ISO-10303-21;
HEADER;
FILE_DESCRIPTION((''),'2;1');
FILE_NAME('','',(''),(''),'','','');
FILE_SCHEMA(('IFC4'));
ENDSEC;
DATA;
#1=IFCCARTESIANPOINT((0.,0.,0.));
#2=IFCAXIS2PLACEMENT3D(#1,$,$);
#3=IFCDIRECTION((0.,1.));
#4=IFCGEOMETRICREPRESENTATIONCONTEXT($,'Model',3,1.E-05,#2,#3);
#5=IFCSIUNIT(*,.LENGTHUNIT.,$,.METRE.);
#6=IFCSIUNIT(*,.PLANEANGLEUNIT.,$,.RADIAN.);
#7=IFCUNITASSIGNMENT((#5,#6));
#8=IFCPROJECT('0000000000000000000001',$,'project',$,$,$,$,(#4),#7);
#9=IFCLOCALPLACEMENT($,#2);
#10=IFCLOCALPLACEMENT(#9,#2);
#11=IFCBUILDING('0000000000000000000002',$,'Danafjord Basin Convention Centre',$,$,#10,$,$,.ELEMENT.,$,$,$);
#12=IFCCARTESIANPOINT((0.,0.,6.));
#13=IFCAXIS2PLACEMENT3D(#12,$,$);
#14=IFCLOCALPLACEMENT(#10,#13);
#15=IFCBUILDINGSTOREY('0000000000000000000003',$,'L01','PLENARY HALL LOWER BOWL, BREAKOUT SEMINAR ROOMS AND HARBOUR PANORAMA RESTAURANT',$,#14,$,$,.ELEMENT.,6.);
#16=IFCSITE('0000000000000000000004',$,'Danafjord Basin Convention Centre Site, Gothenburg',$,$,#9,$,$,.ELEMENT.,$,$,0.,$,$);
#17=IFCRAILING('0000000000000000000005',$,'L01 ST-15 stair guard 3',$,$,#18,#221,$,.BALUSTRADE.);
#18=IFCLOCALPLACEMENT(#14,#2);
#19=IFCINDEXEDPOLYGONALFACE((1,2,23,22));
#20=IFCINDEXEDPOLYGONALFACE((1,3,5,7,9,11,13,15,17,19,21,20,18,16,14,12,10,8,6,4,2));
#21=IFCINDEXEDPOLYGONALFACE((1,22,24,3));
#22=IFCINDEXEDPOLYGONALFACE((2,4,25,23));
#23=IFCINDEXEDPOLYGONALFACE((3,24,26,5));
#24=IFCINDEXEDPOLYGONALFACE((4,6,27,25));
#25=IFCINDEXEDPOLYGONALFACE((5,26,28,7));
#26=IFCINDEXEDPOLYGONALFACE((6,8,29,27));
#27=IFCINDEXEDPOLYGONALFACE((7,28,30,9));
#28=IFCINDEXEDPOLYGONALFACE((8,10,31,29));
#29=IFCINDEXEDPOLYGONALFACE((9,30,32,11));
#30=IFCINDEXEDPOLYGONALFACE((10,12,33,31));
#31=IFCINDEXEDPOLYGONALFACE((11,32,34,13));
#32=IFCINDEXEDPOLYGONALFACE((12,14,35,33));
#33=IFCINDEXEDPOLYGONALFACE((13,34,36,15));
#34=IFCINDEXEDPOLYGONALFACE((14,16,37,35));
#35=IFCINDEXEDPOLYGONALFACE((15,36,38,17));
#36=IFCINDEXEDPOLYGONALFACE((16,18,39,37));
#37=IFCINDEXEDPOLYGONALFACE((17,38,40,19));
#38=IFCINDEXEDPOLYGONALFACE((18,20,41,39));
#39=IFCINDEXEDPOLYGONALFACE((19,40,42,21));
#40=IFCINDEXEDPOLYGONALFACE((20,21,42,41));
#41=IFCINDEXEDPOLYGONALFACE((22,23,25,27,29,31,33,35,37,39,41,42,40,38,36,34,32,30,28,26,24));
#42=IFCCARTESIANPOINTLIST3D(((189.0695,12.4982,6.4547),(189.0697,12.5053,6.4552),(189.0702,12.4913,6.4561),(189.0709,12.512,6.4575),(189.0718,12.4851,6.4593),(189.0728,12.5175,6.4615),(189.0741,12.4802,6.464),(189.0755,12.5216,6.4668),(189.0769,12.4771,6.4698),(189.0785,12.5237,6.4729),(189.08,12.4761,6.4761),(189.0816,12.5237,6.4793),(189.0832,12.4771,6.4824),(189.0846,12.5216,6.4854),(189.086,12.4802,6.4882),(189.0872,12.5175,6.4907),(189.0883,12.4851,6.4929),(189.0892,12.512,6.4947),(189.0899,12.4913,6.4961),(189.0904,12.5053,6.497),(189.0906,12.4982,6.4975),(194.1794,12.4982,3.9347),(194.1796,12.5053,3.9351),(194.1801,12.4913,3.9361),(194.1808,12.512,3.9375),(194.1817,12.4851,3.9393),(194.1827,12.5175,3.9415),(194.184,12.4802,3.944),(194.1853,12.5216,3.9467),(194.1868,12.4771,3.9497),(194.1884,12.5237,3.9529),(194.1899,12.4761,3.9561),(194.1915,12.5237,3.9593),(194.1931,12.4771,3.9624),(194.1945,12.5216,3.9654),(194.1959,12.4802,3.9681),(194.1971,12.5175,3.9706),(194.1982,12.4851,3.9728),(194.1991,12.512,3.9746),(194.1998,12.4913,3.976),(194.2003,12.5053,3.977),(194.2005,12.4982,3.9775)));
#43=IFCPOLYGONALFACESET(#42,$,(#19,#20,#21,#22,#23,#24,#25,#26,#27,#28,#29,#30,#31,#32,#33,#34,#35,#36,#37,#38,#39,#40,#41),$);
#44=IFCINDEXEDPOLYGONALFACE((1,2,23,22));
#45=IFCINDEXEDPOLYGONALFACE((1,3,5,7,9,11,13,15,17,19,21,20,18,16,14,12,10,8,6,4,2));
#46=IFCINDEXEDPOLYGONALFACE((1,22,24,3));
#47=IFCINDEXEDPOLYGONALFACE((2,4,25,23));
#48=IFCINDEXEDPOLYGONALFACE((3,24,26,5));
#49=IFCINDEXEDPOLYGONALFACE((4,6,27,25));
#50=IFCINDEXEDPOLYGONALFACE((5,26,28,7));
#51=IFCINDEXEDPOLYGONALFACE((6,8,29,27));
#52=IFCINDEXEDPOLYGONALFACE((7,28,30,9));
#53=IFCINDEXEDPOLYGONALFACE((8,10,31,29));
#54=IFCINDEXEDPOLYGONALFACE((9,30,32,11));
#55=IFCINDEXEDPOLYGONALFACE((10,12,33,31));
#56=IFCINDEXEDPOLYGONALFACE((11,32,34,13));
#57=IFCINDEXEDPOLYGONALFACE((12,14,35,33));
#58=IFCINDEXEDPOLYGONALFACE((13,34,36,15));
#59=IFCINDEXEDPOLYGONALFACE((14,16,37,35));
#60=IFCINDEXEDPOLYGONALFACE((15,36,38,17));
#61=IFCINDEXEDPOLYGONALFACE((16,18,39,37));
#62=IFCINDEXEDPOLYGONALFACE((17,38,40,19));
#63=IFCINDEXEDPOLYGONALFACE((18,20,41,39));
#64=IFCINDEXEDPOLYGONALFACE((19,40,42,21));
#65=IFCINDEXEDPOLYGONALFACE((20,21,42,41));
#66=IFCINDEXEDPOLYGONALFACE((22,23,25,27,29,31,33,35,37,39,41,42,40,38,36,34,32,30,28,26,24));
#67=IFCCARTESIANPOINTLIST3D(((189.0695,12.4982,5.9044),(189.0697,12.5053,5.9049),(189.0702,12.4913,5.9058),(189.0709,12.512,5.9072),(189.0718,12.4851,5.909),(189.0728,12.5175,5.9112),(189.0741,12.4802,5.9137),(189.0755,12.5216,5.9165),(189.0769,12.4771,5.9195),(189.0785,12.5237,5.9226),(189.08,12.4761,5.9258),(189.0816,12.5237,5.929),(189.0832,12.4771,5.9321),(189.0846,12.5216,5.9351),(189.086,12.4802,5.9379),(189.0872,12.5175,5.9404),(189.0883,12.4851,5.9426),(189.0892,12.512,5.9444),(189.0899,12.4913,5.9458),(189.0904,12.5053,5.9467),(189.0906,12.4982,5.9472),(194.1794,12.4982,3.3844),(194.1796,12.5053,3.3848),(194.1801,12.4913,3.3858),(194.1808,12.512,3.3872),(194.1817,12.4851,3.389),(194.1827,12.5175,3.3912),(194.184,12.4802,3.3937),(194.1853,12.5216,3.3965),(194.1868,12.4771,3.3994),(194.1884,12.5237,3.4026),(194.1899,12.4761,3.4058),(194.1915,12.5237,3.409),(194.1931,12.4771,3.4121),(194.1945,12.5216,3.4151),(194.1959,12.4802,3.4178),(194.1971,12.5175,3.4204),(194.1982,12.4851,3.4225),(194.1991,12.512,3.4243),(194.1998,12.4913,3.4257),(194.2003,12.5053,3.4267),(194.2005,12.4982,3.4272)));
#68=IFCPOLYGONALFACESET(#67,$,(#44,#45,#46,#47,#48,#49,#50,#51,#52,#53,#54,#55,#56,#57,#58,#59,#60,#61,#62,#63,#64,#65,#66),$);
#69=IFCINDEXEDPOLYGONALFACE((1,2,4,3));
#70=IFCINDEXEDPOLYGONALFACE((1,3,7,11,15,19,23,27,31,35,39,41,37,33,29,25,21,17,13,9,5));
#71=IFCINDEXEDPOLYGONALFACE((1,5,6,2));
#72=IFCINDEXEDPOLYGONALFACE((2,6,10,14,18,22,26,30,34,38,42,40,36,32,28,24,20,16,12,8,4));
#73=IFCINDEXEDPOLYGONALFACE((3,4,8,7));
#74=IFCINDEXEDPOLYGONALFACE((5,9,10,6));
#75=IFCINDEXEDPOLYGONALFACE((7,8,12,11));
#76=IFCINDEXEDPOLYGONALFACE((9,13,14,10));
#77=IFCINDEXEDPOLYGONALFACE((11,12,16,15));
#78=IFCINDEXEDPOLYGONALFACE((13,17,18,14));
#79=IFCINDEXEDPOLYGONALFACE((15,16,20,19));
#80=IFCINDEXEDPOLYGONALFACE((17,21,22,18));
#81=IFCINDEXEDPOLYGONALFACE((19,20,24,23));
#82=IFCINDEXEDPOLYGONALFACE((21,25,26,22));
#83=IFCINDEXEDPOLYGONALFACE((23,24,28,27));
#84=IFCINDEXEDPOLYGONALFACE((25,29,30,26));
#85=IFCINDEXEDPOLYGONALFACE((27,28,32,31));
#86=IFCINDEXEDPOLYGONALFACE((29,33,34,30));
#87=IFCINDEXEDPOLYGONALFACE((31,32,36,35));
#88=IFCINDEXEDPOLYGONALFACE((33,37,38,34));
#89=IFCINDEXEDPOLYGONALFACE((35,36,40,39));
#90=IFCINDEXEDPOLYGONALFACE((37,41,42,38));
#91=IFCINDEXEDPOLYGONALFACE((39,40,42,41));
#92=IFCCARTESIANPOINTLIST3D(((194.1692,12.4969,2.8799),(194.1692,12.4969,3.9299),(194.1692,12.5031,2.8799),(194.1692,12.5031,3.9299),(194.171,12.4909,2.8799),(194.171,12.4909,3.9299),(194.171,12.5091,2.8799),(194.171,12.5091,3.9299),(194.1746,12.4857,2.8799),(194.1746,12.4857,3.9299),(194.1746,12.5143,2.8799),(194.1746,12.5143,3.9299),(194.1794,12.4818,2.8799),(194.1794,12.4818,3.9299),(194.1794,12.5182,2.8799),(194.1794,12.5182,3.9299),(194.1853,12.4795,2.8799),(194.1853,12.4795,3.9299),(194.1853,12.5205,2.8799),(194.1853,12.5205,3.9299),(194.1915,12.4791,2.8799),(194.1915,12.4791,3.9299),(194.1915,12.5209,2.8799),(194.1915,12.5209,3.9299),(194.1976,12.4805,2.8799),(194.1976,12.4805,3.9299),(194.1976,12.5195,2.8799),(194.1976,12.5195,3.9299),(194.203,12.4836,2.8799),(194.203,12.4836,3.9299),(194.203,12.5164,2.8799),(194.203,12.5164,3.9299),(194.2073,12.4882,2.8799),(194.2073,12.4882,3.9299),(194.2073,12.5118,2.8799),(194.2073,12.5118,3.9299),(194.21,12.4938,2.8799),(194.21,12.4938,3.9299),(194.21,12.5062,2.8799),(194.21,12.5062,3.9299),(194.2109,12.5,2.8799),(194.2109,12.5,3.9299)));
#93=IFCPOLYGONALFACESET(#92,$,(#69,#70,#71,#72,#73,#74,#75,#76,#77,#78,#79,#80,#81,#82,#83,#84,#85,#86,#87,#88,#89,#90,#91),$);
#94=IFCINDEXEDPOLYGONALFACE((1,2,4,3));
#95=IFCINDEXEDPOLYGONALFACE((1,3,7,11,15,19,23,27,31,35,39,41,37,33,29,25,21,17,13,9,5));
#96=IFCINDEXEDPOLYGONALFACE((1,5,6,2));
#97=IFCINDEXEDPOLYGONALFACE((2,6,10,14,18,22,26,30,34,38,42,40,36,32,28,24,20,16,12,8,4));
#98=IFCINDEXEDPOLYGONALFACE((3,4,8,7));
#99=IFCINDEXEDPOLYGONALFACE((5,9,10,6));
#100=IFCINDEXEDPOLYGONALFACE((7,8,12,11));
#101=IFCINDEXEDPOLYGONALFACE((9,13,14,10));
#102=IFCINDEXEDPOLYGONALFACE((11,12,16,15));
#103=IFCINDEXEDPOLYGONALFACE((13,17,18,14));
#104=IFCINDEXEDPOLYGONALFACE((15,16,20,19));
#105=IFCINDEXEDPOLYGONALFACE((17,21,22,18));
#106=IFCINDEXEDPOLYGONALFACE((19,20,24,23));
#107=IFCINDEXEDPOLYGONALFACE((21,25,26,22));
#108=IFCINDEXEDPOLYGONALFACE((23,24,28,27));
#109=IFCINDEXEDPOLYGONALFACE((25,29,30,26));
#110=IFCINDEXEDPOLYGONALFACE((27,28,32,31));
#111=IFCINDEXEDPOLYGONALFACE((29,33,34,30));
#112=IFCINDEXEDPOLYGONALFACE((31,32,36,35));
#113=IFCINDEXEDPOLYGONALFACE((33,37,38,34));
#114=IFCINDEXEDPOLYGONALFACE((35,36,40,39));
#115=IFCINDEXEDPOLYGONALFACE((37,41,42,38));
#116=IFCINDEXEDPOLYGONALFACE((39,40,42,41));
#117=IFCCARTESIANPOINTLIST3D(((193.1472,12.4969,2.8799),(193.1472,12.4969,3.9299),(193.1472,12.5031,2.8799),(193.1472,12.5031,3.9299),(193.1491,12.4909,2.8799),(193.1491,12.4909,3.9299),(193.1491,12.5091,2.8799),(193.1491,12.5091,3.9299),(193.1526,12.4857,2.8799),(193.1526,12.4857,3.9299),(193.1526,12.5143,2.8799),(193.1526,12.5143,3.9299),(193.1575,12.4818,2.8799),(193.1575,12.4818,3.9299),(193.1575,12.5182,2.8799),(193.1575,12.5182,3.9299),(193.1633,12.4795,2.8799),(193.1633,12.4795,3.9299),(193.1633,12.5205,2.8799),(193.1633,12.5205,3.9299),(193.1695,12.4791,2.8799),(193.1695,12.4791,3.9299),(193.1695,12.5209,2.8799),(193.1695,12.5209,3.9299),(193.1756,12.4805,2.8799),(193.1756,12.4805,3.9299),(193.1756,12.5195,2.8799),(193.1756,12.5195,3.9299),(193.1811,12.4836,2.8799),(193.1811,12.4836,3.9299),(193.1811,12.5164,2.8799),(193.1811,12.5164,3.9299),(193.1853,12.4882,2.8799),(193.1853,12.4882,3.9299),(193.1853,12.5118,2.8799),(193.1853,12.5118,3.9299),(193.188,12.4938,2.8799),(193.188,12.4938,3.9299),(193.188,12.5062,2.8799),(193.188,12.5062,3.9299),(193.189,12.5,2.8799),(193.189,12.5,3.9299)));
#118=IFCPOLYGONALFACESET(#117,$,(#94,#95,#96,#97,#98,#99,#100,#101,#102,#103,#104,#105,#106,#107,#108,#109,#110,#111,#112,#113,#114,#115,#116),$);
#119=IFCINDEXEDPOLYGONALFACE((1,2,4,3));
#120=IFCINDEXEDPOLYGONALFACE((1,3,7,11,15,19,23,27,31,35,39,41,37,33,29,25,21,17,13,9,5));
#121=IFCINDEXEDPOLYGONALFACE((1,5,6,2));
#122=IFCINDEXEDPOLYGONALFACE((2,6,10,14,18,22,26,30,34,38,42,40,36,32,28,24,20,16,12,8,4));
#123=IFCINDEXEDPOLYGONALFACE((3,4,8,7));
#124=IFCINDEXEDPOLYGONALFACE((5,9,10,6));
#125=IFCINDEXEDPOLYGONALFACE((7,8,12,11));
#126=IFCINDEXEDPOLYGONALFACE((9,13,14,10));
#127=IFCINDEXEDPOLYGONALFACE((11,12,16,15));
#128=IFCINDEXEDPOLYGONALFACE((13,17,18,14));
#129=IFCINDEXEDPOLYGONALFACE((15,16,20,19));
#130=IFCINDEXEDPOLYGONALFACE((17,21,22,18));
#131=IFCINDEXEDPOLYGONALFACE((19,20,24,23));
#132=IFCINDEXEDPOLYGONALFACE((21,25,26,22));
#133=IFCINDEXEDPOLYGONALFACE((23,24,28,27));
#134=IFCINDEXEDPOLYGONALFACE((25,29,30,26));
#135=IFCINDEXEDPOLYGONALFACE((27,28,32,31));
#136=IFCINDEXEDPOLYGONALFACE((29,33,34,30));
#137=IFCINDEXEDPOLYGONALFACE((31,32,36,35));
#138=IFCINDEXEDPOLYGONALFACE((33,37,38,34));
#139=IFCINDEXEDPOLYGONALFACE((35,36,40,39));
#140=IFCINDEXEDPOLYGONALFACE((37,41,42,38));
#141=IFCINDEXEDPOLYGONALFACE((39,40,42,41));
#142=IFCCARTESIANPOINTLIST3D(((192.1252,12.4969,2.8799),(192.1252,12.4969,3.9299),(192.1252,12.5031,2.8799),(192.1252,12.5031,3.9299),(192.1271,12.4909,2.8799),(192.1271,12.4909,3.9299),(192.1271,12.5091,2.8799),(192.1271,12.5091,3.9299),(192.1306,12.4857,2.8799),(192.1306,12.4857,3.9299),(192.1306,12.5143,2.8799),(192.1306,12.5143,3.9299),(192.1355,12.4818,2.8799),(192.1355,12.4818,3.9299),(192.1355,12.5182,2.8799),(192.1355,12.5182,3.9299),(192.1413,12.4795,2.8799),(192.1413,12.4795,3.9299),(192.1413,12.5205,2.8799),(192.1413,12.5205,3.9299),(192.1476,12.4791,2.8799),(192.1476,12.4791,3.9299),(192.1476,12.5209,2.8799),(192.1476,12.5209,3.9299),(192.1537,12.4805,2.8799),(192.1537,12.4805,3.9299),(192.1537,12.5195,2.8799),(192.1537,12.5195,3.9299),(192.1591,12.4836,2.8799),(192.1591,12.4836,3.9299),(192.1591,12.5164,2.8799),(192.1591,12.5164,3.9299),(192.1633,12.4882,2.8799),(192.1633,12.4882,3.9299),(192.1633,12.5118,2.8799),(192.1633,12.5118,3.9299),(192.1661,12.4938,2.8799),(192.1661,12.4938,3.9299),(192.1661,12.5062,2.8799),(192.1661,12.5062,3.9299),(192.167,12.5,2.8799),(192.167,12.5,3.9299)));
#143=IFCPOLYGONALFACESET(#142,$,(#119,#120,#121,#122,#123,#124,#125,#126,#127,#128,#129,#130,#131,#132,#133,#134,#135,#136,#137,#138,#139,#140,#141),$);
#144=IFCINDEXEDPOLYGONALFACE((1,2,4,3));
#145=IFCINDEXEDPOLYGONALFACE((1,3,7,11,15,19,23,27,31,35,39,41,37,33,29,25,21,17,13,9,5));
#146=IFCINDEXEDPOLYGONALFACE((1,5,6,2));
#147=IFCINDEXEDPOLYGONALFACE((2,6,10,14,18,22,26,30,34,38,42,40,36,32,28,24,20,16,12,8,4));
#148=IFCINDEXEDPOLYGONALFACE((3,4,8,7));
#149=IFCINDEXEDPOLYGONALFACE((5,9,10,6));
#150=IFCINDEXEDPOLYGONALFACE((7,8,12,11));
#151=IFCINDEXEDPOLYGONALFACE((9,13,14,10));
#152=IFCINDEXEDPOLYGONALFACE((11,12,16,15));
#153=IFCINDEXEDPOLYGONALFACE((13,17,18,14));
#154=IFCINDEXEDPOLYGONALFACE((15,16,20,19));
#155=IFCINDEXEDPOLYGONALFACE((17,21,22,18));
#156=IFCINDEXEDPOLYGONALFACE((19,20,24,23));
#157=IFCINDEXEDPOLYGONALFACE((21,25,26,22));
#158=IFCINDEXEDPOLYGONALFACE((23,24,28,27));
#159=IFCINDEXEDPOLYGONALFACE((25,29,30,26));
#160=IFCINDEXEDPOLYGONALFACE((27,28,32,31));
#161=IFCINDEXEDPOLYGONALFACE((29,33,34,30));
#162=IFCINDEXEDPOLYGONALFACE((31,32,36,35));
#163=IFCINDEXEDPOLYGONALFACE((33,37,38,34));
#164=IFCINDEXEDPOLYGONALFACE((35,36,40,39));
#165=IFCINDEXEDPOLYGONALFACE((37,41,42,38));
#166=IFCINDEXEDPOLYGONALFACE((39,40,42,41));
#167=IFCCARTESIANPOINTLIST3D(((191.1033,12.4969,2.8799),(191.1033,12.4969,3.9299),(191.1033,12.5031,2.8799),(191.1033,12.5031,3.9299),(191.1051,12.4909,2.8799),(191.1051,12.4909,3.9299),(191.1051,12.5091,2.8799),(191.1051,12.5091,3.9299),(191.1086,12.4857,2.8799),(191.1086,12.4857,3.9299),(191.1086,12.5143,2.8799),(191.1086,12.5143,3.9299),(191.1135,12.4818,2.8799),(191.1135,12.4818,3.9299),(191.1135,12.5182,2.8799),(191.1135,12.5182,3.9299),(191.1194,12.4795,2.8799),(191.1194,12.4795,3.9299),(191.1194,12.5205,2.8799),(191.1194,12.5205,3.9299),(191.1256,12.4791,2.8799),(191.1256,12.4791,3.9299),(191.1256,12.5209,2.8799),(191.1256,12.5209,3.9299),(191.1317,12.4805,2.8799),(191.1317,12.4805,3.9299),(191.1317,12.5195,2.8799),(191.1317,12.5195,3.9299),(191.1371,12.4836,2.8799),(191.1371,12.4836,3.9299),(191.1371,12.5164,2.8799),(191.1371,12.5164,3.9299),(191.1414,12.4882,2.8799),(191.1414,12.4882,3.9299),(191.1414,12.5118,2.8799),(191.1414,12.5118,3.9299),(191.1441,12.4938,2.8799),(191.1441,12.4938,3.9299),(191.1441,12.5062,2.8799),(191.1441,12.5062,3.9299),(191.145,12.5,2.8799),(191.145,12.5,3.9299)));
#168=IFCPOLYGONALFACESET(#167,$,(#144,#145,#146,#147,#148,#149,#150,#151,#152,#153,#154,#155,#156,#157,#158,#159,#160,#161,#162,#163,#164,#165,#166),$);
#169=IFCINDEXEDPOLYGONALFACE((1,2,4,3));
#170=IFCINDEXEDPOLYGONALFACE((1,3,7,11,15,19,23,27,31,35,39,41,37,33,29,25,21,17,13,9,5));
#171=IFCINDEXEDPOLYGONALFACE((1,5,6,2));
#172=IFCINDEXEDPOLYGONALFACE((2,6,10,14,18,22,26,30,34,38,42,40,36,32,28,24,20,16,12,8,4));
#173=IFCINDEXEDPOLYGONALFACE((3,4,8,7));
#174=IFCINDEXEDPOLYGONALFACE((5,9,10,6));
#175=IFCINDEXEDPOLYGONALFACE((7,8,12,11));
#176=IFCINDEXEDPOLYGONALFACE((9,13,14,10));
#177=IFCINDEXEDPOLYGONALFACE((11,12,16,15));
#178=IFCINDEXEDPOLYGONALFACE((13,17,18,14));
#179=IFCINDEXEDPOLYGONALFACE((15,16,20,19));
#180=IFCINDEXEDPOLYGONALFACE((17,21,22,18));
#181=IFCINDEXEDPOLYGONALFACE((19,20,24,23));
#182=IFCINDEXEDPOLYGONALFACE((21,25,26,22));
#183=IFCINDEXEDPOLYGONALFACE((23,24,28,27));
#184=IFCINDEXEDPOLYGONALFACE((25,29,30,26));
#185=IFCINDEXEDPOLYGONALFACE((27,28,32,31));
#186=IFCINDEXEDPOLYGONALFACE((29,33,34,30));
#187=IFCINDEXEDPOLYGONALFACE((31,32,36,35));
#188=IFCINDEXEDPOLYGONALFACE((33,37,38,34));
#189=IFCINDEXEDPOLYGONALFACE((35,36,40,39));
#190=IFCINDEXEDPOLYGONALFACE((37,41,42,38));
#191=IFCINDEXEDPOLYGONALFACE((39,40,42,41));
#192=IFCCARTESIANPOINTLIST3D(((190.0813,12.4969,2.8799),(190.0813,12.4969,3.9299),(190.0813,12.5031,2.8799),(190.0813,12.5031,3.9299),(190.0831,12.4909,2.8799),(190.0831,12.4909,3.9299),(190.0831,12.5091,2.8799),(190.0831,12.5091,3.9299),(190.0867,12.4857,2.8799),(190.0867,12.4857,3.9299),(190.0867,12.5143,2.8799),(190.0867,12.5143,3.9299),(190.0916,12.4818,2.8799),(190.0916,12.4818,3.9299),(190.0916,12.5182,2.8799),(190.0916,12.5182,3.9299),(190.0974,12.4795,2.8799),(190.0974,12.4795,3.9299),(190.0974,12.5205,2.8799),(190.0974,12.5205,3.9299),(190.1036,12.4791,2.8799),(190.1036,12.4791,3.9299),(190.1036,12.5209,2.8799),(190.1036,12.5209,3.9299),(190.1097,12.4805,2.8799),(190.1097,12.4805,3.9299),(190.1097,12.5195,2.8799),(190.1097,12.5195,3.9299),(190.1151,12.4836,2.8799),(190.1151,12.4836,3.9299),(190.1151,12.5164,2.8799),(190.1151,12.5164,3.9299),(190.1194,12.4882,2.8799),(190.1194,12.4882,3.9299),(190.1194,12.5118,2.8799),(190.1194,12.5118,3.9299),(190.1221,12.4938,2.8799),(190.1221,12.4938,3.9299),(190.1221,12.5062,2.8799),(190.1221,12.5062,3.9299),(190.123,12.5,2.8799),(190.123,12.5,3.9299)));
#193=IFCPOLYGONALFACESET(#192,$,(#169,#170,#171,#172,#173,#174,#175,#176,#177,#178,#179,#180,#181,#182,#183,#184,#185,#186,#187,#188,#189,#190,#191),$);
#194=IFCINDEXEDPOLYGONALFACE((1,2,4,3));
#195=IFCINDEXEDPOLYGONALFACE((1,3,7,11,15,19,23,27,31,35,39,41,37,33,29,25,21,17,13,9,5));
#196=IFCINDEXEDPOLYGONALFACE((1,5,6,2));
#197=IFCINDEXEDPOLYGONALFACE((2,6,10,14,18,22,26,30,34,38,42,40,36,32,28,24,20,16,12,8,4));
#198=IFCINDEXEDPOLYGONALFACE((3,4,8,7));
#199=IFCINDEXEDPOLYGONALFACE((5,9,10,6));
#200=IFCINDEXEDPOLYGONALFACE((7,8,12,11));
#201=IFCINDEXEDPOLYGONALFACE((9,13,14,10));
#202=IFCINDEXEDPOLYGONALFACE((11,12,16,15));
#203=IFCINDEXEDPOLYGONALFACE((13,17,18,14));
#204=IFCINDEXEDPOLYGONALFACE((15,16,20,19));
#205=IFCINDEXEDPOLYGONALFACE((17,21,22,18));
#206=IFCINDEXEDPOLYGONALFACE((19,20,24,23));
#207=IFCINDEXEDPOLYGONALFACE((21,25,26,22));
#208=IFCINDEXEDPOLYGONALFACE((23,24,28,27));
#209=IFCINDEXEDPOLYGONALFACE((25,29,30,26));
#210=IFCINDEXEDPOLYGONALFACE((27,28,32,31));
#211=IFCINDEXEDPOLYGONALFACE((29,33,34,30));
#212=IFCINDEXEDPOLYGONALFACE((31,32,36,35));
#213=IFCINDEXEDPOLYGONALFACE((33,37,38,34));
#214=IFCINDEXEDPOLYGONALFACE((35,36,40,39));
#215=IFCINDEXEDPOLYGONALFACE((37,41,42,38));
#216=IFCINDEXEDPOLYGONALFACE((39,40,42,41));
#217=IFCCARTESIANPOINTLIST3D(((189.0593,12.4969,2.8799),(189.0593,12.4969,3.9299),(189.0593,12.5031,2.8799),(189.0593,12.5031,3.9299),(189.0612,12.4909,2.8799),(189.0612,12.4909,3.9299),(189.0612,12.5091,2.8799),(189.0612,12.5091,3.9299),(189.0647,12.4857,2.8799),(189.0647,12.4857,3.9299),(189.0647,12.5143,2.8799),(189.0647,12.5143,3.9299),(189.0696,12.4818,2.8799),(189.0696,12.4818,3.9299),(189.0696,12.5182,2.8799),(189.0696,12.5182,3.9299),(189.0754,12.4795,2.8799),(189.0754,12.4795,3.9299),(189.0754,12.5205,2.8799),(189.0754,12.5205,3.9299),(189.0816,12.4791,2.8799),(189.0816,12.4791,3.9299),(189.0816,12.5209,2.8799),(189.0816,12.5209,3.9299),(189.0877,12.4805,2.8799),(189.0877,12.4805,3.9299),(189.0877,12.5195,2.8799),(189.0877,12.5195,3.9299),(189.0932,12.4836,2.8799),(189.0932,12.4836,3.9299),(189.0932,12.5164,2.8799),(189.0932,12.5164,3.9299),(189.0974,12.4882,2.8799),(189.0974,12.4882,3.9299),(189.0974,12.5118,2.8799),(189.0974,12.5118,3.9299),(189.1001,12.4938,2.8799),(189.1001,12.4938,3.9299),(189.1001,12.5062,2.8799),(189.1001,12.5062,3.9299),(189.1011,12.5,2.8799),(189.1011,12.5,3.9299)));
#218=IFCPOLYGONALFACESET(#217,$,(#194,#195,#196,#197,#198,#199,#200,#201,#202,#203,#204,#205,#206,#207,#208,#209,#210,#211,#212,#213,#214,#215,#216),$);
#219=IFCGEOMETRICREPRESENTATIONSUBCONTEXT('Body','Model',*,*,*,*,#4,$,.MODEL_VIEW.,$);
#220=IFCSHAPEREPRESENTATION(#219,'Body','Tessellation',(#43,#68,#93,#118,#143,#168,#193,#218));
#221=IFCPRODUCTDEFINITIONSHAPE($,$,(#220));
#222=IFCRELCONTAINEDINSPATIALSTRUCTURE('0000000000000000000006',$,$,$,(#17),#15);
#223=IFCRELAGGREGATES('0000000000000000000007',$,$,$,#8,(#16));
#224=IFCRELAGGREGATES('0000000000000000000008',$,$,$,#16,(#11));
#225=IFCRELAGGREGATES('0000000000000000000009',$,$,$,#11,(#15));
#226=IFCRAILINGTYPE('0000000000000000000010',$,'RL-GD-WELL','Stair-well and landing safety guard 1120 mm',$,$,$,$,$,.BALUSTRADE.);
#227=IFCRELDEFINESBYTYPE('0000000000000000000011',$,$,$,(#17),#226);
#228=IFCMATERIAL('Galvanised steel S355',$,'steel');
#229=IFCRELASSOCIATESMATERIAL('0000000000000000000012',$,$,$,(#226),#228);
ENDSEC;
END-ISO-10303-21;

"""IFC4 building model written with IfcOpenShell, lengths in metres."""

from ifc_helpers import new_model, si_unit, direction, frame, origin, origin_2d, place, context, subcontext, project, spatial, circle, extrude, material, type_object, element, save


model = new_model("IFC4")

# Units and contexts
model_context = context("Model", 3, precision=1e-05, world=origin(), true_north=direction((0.0, 1.0)))
body_context = subcontext(model_context, "Body", "Model", "MODEL_VIEW")
ifc_project = project(units=[si_unit("LENGTHUNIT", "METRE"), si_unit("PLANEANGLEUNIT", "RADIAN")], contexts=[model_context])

# Site, building, storey
site_placement = place(None, origin())
site = spatial("IfcSite", under=ifc_project, at=site_placement, Name="Danafjord Basin Convention Centre Site, Gothenburg", CompositionType="ELEMENT", RefElevation=0.0)
building_placement = place(site_placement, origin())
building = spatial("IfcBuilding", under=site, at=building_placement, Name="Danafjord Basin Convention Centre", CompositionType="ELEMENT")
storey_placement = place(building_placement, frame((0.0, 0.0, 6.0)))
storey = spatial("IfcBuildingStorey", under=building, at=storey_placement, Name="L01", Description="PLENARY HALL LOWER BOWL, BREAKOUT SEMINAR ROOMS AND HARBOUR PANORAMA RESTAURANT", CompositionType="ELEMENT", Elevation=6.0)

# Railing
ifc_material_1 = material(Name="Galvanised steel S355", Category="steel")
railing_type_1 = type_object("IfcRailingType", Name="RL-GD-WELL", Description="Stair-well and landing safety guard 1120 mm", PredefinedType="BALUSTRADE", material=ifc_material_1)
railing_1_placement = place(storey_placement, frame((194.1899, 12.5, 2.8799)))
element("IfcRailing", 1, at=railing_1_placement, inside=storey, type_object=railing_type_1, Name="L01 ST-15 stair guard 3", PredefinedType="BALUSTRADE", context=body_context, shape_type="SweptSolid", body=[
    extrude(circle(Radius=0.0239, at=origin_2d()), frame((0.0, 0.0, 1.0762), z_axis=(-0.896865, 0.0, 0.442305), x_axis=(0.0, -1.0, 0.0)), (0.0, 0.0, 1.0), 5.6975),
    extrude(circle(Radius=0.0239, at=origin_2d()), frame((0.0, 0.0, 0.5259), z_axis=(-0.896865, 0.0, 0.442305), x_axis=(0.0, -1.0, 0.0)), (0.0, 0.0, 1.0), 5.6975),
    extrude(circle(Radius=0.021, at=origin_2d()), origin(), (0.0, 0.0, 1.0), 1.05),
    extrude(circle(Radius=0.021, at=origin_2d()), frame((-1.022, 0.0, 0.0)), (0.0, 0.0, 1.0), 1.05),
    extrude(circle(Radius=0.021, at=origin_2d()), frame((-2.0439, 0.0, 0.0)), (0.0, 0.0, 1.0), 1.05),
    extrude(circle(Radius=0.021, at=origin_2d()), frame((-3.0659, 0.0, 0.0)), (0.0, 0.0, 1.0), 1.05),
    extrude(circle(Radius=0.021, at=origin_2d()), frame((-4.0879, 0.0, 0.0)), (0.0, 0.0, 1.0), 1.05),
    extrude(circle(Radius=0.021, at=origin_2d()), frame((-5.1099, 0.0, 0.0)), (0.0, 0.0, 1.0), 1.05),
])

save(model, "model.ifc")
